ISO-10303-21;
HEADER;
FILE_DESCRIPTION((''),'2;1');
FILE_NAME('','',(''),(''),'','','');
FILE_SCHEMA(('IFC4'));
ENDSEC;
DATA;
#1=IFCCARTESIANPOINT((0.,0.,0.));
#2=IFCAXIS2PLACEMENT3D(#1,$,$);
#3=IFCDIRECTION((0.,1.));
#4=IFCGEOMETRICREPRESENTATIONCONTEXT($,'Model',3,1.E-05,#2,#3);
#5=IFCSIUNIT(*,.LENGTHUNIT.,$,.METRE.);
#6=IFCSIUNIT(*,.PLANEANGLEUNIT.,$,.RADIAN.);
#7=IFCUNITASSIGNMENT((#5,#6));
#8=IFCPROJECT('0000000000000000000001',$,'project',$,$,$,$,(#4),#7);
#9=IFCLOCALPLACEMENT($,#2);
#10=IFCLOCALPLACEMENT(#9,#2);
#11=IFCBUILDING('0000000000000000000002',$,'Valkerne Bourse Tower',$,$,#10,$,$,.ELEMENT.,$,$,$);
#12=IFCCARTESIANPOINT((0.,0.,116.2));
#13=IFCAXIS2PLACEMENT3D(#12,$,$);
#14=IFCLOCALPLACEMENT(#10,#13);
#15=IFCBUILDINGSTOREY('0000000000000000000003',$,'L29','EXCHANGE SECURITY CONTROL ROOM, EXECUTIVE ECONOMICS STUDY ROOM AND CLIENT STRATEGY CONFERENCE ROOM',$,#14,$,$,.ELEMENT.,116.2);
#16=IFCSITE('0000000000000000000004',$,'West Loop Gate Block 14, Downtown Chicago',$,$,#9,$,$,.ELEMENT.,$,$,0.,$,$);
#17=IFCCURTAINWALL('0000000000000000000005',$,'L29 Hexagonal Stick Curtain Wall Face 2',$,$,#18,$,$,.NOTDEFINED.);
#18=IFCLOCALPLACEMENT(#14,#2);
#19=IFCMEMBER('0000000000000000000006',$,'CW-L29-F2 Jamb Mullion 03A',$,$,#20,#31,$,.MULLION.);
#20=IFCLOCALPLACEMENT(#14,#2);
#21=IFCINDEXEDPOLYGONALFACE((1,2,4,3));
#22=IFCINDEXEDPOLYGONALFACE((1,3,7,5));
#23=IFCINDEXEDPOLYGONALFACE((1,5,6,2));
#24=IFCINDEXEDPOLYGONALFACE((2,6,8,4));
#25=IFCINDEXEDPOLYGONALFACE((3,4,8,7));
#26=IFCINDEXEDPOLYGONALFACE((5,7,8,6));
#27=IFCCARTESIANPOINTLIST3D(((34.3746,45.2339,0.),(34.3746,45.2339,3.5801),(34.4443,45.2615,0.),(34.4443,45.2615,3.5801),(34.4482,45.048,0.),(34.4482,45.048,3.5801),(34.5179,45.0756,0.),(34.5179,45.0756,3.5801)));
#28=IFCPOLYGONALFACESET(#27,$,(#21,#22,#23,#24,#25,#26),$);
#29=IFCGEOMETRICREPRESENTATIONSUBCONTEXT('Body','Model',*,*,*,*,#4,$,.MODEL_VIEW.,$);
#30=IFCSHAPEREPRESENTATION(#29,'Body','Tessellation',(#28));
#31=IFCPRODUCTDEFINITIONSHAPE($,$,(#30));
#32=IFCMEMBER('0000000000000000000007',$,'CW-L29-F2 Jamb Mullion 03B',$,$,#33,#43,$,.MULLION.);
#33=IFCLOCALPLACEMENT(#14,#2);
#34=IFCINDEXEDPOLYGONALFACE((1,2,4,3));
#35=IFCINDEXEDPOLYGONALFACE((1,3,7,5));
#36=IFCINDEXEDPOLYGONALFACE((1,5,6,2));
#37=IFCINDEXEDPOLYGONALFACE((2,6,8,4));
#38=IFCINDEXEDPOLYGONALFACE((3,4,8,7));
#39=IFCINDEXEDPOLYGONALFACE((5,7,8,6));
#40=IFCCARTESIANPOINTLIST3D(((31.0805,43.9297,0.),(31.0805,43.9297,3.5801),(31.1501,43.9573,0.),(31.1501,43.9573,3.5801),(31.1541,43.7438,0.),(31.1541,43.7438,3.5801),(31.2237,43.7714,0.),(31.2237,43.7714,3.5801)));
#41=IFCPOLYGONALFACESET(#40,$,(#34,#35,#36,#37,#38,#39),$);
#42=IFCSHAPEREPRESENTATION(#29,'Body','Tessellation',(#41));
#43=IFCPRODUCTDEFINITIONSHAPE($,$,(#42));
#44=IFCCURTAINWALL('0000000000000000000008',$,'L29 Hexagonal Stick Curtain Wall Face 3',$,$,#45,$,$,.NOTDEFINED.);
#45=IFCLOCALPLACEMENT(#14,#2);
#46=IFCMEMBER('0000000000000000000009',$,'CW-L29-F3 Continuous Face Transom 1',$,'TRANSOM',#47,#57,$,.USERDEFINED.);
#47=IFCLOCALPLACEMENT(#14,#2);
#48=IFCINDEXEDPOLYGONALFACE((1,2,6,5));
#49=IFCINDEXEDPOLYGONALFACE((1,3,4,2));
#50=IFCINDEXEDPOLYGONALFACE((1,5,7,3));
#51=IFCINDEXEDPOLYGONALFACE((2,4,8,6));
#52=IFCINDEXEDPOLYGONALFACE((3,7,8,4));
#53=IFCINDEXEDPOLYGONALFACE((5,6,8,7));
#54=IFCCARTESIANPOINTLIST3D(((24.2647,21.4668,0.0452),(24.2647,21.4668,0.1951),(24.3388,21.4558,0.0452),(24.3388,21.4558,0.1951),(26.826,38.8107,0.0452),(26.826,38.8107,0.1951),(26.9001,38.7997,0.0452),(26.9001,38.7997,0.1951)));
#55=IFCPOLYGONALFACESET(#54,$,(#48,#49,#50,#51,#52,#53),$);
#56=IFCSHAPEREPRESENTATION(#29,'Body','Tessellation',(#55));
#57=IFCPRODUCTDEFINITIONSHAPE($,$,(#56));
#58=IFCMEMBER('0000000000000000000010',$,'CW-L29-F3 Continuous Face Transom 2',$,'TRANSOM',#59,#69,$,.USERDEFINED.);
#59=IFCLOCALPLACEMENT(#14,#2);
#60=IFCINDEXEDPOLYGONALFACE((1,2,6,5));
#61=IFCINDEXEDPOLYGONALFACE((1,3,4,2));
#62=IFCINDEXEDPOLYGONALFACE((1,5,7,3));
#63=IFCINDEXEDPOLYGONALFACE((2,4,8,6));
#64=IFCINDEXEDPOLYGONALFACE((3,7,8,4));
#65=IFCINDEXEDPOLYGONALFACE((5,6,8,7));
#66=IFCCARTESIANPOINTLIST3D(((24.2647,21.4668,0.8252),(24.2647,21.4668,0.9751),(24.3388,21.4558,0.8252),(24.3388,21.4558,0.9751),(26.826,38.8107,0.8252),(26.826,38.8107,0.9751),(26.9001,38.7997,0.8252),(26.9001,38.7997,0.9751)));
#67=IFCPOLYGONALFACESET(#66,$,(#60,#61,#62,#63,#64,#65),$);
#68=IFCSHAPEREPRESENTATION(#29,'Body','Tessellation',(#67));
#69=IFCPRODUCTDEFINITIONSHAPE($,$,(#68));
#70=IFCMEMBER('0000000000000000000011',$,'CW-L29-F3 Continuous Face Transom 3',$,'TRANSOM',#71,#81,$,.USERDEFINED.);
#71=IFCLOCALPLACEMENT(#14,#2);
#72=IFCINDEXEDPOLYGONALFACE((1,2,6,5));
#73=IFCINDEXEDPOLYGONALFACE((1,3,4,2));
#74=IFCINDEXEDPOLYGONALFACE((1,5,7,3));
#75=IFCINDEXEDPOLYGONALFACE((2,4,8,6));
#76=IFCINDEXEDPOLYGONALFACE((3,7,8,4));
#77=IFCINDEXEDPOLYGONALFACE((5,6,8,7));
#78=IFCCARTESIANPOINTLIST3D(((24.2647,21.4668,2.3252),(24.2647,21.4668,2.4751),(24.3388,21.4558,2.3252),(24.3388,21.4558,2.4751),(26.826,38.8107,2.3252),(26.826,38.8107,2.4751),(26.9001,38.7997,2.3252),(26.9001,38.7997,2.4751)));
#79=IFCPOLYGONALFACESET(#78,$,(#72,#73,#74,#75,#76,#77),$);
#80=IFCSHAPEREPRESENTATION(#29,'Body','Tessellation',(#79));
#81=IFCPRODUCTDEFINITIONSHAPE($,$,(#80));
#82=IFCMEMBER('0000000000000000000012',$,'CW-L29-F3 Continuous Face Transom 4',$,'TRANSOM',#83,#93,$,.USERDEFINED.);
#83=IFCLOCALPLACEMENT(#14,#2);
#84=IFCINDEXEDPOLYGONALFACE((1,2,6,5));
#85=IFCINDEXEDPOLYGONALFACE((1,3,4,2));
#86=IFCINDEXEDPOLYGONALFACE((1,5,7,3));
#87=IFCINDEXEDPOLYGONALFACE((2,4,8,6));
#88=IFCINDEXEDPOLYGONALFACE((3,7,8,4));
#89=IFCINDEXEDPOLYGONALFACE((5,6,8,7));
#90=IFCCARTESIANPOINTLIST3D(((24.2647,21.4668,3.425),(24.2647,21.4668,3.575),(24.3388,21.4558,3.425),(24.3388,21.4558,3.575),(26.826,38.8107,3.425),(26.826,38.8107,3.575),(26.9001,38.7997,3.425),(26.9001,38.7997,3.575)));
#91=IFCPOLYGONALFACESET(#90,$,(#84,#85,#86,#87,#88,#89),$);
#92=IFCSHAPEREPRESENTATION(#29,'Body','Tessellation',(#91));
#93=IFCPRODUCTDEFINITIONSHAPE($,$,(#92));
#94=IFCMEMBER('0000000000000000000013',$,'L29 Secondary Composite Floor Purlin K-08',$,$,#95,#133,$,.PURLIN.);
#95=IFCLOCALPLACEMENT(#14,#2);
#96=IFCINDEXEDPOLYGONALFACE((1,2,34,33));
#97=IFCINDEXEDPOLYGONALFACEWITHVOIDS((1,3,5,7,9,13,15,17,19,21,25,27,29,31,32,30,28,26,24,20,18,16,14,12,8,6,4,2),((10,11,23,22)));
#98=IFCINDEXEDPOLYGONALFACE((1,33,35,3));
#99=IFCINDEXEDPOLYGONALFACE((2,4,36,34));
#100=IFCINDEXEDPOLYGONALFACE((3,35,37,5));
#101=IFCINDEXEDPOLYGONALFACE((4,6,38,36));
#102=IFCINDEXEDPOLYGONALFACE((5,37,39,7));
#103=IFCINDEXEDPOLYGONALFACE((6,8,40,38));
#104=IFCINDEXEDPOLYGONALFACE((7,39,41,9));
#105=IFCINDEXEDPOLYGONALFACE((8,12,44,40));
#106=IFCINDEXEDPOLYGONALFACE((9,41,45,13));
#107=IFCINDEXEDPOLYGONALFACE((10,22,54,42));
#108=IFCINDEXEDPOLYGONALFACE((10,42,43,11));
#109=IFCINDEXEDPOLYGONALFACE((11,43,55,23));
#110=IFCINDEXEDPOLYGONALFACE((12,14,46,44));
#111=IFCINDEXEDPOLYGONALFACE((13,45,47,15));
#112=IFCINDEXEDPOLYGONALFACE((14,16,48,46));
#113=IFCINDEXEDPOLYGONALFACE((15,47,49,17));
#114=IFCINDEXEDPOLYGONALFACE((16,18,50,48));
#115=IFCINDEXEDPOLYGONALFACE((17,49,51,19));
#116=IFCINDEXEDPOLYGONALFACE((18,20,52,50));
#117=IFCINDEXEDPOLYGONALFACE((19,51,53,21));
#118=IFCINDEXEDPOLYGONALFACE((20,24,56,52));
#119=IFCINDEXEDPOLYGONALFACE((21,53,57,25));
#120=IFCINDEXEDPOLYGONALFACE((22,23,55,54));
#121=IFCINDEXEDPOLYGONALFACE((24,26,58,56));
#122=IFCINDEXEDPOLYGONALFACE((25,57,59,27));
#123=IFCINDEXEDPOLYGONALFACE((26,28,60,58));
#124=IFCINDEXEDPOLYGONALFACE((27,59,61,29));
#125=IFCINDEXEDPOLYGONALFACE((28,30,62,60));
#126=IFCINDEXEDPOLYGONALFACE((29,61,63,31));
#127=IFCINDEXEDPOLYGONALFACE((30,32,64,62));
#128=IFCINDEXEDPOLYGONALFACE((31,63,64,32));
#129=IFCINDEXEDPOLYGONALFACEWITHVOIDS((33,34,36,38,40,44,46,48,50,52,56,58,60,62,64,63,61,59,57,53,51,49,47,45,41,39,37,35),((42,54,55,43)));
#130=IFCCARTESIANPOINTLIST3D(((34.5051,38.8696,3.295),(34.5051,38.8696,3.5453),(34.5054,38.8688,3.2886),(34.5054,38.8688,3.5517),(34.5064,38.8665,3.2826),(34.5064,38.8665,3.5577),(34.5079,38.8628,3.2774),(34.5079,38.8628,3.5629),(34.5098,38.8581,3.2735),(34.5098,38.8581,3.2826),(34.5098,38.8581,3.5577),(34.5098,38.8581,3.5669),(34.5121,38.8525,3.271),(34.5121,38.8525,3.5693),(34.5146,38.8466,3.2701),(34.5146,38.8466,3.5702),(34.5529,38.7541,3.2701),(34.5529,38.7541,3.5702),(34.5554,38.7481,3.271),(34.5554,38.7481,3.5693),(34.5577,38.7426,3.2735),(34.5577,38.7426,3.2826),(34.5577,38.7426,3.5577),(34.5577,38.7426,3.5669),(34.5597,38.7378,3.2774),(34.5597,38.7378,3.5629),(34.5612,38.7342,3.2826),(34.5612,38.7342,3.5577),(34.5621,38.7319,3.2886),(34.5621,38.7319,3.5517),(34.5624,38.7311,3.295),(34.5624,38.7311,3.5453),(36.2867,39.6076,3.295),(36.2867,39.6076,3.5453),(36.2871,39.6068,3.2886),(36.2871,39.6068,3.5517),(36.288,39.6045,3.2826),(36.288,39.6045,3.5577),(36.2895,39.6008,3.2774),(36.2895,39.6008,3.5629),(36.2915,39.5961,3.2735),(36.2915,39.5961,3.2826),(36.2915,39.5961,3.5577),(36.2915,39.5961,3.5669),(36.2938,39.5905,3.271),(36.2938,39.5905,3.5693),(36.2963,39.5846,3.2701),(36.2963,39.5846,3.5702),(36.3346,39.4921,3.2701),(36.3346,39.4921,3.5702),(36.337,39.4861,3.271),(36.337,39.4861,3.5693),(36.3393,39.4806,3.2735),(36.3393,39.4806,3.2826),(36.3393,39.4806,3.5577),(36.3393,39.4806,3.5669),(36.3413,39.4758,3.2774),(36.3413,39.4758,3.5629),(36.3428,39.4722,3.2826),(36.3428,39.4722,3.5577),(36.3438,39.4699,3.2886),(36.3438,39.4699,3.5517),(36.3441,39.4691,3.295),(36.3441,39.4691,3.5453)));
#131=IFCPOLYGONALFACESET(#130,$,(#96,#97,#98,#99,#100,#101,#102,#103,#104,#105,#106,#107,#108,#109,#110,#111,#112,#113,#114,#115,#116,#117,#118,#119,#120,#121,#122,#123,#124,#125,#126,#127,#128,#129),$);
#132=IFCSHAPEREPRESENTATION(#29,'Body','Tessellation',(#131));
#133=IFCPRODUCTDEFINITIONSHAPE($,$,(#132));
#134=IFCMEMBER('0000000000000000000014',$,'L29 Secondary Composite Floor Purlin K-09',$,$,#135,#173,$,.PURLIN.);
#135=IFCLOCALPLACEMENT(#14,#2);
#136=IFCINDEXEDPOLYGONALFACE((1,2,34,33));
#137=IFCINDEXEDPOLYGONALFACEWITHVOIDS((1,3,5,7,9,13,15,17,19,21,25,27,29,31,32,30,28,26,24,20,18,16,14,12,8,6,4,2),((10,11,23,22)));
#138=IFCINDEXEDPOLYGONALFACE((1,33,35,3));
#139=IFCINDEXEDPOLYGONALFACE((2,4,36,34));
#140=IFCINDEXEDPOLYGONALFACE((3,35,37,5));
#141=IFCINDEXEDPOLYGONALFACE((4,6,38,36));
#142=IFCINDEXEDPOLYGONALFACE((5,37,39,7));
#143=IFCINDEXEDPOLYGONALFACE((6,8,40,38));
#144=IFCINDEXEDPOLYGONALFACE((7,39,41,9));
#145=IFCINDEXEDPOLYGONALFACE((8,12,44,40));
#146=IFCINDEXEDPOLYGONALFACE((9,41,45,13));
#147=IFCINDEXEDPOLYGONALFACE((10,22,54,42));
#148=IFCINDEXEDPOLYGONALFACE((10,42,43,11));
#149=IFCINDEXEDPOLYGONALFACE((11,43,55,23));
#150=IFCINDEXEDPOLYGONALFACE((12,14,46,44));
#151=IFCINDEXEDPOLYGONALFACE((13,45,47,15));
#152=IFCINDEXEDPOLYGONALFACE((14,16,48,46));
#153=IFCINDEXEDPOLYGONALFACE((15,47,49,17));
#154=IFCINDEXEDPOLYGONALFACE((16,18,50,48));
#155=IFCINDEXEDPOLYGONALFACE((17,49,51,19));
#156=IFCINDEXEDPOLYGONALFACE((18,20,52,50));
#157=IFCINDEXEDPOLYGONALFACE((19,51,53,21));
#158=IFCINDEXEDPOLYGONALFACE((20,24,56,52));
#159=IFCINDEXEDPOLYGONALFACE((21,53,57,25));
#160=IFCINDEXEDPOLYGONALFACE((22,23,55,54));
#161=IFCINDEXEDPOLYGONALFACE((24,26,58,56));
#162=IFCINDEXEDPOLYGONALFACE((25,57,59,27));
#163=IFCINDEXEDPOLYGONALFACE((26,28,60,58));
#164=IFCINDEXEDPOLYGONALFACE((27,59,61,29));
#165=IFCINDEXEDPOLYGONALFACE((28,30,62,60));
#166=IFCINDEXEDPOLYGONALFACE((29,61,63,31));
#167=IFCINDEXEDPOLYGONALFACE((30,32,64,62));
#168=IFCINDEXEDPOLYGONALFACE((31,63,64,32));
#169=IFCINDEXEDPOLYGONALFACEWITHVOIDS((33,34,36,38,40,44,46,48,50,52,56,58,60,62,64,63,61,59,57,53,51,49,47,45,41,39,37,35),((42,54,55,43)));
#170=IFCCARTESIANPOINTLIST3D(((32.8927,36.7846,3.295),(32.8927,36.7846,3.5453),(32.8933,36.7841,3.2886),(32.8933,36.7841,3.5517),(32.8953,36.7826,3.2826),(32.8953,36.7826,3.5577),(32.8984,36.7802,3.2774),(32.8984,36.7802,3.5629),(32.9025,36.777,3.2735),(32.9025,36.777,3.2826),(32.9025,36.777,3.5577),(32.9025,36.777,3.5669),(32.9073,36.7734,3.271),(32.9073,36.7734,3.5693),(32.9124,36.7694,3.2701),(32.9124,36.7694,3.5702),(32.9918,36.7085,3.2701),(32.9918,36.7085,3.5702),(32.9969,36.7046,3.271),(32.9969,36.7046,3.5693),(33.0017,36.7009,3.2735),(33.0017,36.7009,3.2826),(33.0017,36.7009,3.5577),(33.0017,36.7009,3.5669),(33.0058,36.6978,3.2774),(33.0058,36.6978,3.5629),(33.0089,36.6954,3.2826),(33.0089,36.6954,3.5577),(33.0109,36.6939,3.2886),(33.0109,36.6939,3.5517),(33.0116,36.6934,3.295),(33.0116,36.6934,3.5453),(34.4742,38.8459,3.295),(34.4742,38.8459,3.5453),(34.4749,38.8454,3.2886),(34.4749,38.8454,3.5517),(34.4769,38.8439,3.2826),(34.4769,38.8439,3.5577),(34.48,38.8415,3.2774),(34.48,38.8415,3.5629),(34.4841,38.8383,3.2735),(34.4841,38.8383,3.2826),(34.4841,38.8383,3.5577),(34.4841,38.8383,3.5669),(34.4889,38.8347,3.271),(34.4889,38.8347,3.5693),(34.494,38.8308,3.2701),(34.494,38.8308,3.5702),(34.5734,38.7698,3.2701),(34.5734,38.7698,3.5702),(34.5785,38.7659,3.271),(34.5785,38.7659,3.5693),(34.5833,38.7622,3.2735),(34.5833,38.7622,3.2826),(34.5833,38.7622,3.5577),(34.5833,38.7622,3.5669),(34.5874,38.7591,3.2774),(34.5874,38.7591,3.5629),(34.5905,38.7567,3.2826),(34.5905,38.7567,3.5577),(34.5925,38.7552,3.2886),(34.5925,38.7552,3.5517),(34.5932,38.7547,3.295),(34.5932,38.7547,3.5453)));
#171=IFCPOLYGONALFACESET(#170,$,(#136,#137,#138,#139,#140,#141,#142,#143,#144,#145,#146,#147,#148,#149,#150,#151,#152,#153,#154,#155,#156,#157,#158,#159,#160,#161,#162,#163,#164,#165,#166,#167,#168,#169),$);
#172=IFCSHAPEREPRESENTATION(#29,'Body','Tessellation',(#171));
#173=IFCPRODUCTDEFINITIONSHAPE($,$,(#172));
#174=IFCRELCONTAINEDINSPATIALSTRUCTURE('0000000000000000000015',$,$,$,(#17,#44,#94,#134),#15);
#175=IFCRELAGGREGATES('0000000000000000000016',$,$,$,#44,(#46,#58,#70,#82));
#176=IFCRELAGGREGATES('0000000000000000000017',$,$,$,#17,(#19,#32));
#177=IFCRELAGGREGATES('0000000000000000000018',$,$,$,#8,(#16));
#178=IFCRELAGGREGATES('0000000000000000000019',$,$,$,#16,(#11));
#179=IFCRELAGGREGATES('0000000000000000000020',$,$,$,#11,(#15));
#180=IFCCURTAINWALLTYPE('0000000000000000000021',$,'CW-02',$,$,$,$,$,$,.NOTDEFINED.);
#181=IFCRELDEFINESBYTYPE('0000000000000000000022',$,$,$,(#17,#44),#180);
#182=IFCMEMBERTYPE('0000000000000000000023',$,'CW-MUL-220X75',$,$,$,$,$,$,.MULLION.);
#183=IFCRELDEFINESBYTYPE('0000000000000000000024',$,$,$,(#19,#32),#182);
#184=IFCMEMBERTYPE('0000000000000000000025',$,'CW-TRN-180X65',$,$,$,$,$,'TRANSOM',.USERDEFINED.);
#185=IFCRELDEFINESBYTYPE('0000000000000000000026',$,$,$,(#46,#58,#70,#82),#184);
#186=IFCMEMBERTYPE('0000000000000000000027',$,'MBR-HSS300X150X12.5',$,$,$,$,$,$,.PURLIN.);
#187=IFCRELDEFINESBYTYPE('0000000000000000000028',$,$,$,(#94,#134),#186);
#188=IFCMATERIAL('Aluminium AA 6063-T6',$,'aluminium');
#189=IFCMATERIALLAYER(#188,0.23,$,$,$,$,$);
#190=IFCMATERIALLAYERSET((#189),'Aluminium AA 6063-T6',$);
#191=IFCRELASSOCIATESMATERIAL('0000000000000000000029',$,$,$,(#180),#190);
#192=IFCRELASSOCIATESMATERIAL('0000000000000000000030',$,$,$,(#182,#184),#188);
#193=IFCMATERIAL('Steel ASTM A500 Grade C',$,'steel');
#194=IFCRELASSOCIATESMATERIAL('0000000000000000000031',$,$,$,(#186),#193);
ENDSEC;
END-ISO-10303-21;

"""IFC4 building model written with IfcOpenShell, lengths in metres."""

from ifc_helpers import new_model, si_unit, direction, frame, origin, origin_2d, place, context, subcontext, project, spatial, rectangle, hollow_rectangle, extrude, material, layer, layer_set, material_profile, profile_set, type_object, element, aggregate, save


model = new_model("IFC4")

# Units and contexts
model_context = context("Model", 3, precision=1e-05, world=origin(), true_north=direction((0.0, 1.0)))
body_context = subcontext(model_context, "Body", "Model", "MODEL_VIEW")
ifc_project = project(units=[si_unit("LENGTHUNIT", "METRE"), si_unit("PLANEANGLEUNIT", "RADIAN")], contexts=[model_context])

# Site, building, storey
site_placement = place(None, origin())
site = spatial("IfcSite", under=ifc_project, at=site_placement, Name="West Loop Gate Block 14, Downtown Chicago", CompositionType="ELEMENT", RefElevation=0.0)
building_placement = place(site_placement, origin())
building = spatial("IfcBuilding", under=site, at=building_placement, Name="Valkerne Bourse Tower", CompositionType="ELEMENT")
storey_placement = place(building_placement, frame((0.0, 0.0, 116.2)))
storey = spatial("IfcBuildingStorey", under=building, at=storey_placement, Name="L29", Description="EXCHANGE SECURITY CONTROL ROOM, EXECUTIVE ECONOMICS STUDY ROOM AND CLIENT STRATEGY CONFERENCE ROOM", CompositionType="ELEMENT", Elevation=116.2)

# Curtain walls, members
ifc_material_1 = material(Name="Aluminium AA 6063-T6", Category="aluminium")
ifc_layer_1 = layer(ifc_material_1, 0.23)
ifc_layer_set_1 = layer_set([ifc_layer_1], Name="Aluminium AA 6063-T6")
curtain_wall_type = type_object("IfcCurtainWallType", Name="CW-02", PredefinedType="NOTDEFINED", material=ifc_layer_set_1)
curtain_wall_1_placement = place(storey_placement, origin())
curtain_wall_1 = element("IfcCurtainWall", 1, at=curtain_wall_1_placement, inside=storey, type_object=curtain_wall_type, Name="L29 Hexagonal Stick Curtain Wall Face 2", PredefinedType="NOTDEFINED")
ifc_material_profile_1 = material_profile(ifc_material_1, rectangle(XDim=0.075, YDim=0.2, at=origin_2d()), Name="CWM-75X200")
ifc_profile_set_1 = profile_set([ifc_material_profile_1], Name="Aluminium AA 6063-T6")
member_type_1 = type_object("IfcMemberType", Name="CW-MUL-220X75", PredefinedType="MULLION", material=ifc_profile_set_1)
member_1_placement = place(storey_placement, frame((34.4463, 45.1548, 0.0), z_axis=(0.0, 0.0, 1.0), x_axis=(-0.929775, -0.368127, 0.0)))
member_1 = element("IfcMember", 2, at=member_1_placement, type_object=member_type_1, Name="CW-L29-F2 Jamb Mullion 03A", PredefinedType="MULLION", context=body_context, shape_type="SweptSolid", body=[
    extrude(rectangle(XDim=0.075, YDim=0.2, at=origin_2d()), origin(), (0.0, 0.0, 1.0), 3.5801),
])
member_2_placement = place(storey_placement, frame((31.1521, 43.8506, 0.0), z_axis=(0.0, 0.0, 1.0), x_axis=(-0.929775, -0.368127, 0.0)))
member_2 = element("IfcMember", 3, at=member_2_placement, type_object=member_type_1, Name="CW-L29-F2 Jamb Mullion 03B", PredefinedType="MULLION", context=body_context, shape_type="SweptSolid", body=[
    extrude(rectangle(XDim=0.075, YDim=0.2, at=origin_2d()), origin(), (0.0, 0.0, 1.0), 3.5801),
])
curtain_wall_2_placement = place(storey_placement, origin())
curtain_wall_2 = element("IfcCurtainWall", 4, at=curtain_wall_2_placement, inside=storey, type_object=curtain_wall_type, Name="L29 Hexagonal Stick Curtain Wall Face 3", PredefinedType="NOTDEFINED")
ifc_material_profile_2 = material_profile(ifc_material_1, rectangle(XDim=0.075, YDim=0.1499, at=origin_2d()), Name="CWT-75X150")
ifc_profile_set_2 = profile_set([ifc_material_profile_2], Name="Aluminium AA 6063-T6")
member_type_2 = type_object("IfcMemberType", Name="CW-TRN-180X65", ElementType="TRANSOM", PredefinedType="USERDEFINED", material=ifc_profile_set_2)
member_3_placement = place(storey_placement, frame((26.863, 38.8052, 0.1201), z_axis=(-0.146091, -0.989271, 0.0), x_axis=(0.989271, -0.146091, 0.0)))
member_3 = element("IfcMember", 5, at=member_3_placement, type_object=member_type_2, Name="CW-L29-F3 Continuous Face Transom 1", ObjectType="TRANSOM", PredefinedType="USERDEFINED", context=body_context, shape_type="SweptSolid", body=[
    extrude(rectangle(XDim=0.075, YDim=0.1499, at=origin_2d()), origin(), (0.0, 0.0, 1.0), 17.532),
])
member_4_placement = place(storey_placement, frame((26.863, 38.8052, 0.9001), z_axis=(-0.146091, -0.989271, 0.0), x_axis=(0.989271, -0.146091, 0.0)))
member_4 = element("IfcMember", 6, at=member_4_placement, type_object=member_type_2, Name="CW-L29-F3 Continuous Face Transom 2", ObjectType="TRANSOM", PredefinedType="USERDEFINED", context=body_context, shape_type="SweptSolid", body=[
    extrude(rectangle(XDim=0.075, YDim=0.1499, at=origin_2d()), origin(), (0.0, 0.0, 1.0), 17.532),
])
member_5_placement = place(storey_placement, frame((26.863, 38.8052, 2.4001), z_axis=(-0.146091, -0.989271, 0.0), x_axis=(0.989271, -0.146091, 0.0)))
member_5 = element("IfcMember", 7, at=member_5_placement, type_object=member_type_2, Name="CW-L29-F3 Continuous Face Transom 3", ObjectType="TRANSOM", PredefinedType="USERDEFINED", context=body_context, shape_type="SweptSolid", body=[
    extrude(rectangle(XDim=0.075, YDim=0.1499, at=origin_2d()), origin(), (0.0, 0.0, 1.0), 17.532),
])
member_6_placement = place(storey_placement, frame((26.863, 38.8052, 3.5), z_axis=(-0.146091, -0.989271, 0.0), x_axis=(0.989271, -0.146091, 0.0)))
member_6 = element("IfcMember", 8, at=member_6_placement, type_object=member_type_2, Name="CW-L29-F3 Continuous Face Transom 4", ObjectType="TRANSOM", PredefinedType="USERDEFINED", context=body_context, shape_type="SweptSolid", body=[
    extrude(rectangle(XDim=0.075, YDim=0.1499, at=origin_2d()), origin(), (0.0, 0.0, 1.0), 17.532),
])
aggregate(curtain_wall_2, [member_3, member_4, member_5, member_6])

# Members
ifc_material_2 = material(Name="Steel ASTM A500 Grade C", Category="steel")
ifc_material_profile_3 = material_profile(ifc_material_2, hollow_rectangle(XDim=0.1499, YDim=0.3, WallThickness=0.0125, OuterFilletRadius=0.0249, at=origin_2d()), Name="HSS300X150X12.5")
ifc_profile_set_3 = profile_set([ifc_material_profile_3], Name="Steel ASTM A500 Grade C")
member_type_3 = type_object("IfcMemberType", Name="MBR-HSS300X150X12.5", PredefinedType="PURLIN", material=ifc_profile_set_3)
member_7_placement = place(storey_placement, frame((36.3154, 39.5383, 3.4202), z_axis=(-0.923876, -0.382691, 0.0), x_axis=(0.382691, -0.923876, 0.0)))
element("IfcMember", 9, at=member_7_placement, inside=storey, type_object=member_type_3, Name="L29 Secondary Composite Floor Purlin K-08", PredefinedType="PURLIN", context=body_context, shape_type="SweptSolid", body=[
    extrude(hollow_rectangle(XDim=0.1499, YDim=0.3, WallThickness=0.0125, OuterFilletRadius=0.0249, at=origin_2d()), origin(), (0.0, 0.0, 1.0), 1.9285),
])
member_8_placement = place(storey_placement, frame((34.5337, 38.8003, 3.4202), z_axis=(-0.608729, -0.793378, 0.0), x_axis=(0.793378, -0.608729, 0.0)))
element("IfcMember", 10, at=member_8_placement, inside=storey, type_object=member_type_3, Name="L29 Secondary Composite Floor Purlin K-09", PredefinedType="PURLIN", context=body_context, shape_type="SweptSolid", body=[
    extrude(hollow_rectangle(XDim=0.1499, YDim=0.3, WallThickness=0.0125, OuterFilletRadius=0.0249, at=origin_2d()), origin(), (0.0, 0.0, 1.0), 2.5981),
])

aggregate(curtain_wall_1, [member_1, member_2])

save(model, "model.ifc")
